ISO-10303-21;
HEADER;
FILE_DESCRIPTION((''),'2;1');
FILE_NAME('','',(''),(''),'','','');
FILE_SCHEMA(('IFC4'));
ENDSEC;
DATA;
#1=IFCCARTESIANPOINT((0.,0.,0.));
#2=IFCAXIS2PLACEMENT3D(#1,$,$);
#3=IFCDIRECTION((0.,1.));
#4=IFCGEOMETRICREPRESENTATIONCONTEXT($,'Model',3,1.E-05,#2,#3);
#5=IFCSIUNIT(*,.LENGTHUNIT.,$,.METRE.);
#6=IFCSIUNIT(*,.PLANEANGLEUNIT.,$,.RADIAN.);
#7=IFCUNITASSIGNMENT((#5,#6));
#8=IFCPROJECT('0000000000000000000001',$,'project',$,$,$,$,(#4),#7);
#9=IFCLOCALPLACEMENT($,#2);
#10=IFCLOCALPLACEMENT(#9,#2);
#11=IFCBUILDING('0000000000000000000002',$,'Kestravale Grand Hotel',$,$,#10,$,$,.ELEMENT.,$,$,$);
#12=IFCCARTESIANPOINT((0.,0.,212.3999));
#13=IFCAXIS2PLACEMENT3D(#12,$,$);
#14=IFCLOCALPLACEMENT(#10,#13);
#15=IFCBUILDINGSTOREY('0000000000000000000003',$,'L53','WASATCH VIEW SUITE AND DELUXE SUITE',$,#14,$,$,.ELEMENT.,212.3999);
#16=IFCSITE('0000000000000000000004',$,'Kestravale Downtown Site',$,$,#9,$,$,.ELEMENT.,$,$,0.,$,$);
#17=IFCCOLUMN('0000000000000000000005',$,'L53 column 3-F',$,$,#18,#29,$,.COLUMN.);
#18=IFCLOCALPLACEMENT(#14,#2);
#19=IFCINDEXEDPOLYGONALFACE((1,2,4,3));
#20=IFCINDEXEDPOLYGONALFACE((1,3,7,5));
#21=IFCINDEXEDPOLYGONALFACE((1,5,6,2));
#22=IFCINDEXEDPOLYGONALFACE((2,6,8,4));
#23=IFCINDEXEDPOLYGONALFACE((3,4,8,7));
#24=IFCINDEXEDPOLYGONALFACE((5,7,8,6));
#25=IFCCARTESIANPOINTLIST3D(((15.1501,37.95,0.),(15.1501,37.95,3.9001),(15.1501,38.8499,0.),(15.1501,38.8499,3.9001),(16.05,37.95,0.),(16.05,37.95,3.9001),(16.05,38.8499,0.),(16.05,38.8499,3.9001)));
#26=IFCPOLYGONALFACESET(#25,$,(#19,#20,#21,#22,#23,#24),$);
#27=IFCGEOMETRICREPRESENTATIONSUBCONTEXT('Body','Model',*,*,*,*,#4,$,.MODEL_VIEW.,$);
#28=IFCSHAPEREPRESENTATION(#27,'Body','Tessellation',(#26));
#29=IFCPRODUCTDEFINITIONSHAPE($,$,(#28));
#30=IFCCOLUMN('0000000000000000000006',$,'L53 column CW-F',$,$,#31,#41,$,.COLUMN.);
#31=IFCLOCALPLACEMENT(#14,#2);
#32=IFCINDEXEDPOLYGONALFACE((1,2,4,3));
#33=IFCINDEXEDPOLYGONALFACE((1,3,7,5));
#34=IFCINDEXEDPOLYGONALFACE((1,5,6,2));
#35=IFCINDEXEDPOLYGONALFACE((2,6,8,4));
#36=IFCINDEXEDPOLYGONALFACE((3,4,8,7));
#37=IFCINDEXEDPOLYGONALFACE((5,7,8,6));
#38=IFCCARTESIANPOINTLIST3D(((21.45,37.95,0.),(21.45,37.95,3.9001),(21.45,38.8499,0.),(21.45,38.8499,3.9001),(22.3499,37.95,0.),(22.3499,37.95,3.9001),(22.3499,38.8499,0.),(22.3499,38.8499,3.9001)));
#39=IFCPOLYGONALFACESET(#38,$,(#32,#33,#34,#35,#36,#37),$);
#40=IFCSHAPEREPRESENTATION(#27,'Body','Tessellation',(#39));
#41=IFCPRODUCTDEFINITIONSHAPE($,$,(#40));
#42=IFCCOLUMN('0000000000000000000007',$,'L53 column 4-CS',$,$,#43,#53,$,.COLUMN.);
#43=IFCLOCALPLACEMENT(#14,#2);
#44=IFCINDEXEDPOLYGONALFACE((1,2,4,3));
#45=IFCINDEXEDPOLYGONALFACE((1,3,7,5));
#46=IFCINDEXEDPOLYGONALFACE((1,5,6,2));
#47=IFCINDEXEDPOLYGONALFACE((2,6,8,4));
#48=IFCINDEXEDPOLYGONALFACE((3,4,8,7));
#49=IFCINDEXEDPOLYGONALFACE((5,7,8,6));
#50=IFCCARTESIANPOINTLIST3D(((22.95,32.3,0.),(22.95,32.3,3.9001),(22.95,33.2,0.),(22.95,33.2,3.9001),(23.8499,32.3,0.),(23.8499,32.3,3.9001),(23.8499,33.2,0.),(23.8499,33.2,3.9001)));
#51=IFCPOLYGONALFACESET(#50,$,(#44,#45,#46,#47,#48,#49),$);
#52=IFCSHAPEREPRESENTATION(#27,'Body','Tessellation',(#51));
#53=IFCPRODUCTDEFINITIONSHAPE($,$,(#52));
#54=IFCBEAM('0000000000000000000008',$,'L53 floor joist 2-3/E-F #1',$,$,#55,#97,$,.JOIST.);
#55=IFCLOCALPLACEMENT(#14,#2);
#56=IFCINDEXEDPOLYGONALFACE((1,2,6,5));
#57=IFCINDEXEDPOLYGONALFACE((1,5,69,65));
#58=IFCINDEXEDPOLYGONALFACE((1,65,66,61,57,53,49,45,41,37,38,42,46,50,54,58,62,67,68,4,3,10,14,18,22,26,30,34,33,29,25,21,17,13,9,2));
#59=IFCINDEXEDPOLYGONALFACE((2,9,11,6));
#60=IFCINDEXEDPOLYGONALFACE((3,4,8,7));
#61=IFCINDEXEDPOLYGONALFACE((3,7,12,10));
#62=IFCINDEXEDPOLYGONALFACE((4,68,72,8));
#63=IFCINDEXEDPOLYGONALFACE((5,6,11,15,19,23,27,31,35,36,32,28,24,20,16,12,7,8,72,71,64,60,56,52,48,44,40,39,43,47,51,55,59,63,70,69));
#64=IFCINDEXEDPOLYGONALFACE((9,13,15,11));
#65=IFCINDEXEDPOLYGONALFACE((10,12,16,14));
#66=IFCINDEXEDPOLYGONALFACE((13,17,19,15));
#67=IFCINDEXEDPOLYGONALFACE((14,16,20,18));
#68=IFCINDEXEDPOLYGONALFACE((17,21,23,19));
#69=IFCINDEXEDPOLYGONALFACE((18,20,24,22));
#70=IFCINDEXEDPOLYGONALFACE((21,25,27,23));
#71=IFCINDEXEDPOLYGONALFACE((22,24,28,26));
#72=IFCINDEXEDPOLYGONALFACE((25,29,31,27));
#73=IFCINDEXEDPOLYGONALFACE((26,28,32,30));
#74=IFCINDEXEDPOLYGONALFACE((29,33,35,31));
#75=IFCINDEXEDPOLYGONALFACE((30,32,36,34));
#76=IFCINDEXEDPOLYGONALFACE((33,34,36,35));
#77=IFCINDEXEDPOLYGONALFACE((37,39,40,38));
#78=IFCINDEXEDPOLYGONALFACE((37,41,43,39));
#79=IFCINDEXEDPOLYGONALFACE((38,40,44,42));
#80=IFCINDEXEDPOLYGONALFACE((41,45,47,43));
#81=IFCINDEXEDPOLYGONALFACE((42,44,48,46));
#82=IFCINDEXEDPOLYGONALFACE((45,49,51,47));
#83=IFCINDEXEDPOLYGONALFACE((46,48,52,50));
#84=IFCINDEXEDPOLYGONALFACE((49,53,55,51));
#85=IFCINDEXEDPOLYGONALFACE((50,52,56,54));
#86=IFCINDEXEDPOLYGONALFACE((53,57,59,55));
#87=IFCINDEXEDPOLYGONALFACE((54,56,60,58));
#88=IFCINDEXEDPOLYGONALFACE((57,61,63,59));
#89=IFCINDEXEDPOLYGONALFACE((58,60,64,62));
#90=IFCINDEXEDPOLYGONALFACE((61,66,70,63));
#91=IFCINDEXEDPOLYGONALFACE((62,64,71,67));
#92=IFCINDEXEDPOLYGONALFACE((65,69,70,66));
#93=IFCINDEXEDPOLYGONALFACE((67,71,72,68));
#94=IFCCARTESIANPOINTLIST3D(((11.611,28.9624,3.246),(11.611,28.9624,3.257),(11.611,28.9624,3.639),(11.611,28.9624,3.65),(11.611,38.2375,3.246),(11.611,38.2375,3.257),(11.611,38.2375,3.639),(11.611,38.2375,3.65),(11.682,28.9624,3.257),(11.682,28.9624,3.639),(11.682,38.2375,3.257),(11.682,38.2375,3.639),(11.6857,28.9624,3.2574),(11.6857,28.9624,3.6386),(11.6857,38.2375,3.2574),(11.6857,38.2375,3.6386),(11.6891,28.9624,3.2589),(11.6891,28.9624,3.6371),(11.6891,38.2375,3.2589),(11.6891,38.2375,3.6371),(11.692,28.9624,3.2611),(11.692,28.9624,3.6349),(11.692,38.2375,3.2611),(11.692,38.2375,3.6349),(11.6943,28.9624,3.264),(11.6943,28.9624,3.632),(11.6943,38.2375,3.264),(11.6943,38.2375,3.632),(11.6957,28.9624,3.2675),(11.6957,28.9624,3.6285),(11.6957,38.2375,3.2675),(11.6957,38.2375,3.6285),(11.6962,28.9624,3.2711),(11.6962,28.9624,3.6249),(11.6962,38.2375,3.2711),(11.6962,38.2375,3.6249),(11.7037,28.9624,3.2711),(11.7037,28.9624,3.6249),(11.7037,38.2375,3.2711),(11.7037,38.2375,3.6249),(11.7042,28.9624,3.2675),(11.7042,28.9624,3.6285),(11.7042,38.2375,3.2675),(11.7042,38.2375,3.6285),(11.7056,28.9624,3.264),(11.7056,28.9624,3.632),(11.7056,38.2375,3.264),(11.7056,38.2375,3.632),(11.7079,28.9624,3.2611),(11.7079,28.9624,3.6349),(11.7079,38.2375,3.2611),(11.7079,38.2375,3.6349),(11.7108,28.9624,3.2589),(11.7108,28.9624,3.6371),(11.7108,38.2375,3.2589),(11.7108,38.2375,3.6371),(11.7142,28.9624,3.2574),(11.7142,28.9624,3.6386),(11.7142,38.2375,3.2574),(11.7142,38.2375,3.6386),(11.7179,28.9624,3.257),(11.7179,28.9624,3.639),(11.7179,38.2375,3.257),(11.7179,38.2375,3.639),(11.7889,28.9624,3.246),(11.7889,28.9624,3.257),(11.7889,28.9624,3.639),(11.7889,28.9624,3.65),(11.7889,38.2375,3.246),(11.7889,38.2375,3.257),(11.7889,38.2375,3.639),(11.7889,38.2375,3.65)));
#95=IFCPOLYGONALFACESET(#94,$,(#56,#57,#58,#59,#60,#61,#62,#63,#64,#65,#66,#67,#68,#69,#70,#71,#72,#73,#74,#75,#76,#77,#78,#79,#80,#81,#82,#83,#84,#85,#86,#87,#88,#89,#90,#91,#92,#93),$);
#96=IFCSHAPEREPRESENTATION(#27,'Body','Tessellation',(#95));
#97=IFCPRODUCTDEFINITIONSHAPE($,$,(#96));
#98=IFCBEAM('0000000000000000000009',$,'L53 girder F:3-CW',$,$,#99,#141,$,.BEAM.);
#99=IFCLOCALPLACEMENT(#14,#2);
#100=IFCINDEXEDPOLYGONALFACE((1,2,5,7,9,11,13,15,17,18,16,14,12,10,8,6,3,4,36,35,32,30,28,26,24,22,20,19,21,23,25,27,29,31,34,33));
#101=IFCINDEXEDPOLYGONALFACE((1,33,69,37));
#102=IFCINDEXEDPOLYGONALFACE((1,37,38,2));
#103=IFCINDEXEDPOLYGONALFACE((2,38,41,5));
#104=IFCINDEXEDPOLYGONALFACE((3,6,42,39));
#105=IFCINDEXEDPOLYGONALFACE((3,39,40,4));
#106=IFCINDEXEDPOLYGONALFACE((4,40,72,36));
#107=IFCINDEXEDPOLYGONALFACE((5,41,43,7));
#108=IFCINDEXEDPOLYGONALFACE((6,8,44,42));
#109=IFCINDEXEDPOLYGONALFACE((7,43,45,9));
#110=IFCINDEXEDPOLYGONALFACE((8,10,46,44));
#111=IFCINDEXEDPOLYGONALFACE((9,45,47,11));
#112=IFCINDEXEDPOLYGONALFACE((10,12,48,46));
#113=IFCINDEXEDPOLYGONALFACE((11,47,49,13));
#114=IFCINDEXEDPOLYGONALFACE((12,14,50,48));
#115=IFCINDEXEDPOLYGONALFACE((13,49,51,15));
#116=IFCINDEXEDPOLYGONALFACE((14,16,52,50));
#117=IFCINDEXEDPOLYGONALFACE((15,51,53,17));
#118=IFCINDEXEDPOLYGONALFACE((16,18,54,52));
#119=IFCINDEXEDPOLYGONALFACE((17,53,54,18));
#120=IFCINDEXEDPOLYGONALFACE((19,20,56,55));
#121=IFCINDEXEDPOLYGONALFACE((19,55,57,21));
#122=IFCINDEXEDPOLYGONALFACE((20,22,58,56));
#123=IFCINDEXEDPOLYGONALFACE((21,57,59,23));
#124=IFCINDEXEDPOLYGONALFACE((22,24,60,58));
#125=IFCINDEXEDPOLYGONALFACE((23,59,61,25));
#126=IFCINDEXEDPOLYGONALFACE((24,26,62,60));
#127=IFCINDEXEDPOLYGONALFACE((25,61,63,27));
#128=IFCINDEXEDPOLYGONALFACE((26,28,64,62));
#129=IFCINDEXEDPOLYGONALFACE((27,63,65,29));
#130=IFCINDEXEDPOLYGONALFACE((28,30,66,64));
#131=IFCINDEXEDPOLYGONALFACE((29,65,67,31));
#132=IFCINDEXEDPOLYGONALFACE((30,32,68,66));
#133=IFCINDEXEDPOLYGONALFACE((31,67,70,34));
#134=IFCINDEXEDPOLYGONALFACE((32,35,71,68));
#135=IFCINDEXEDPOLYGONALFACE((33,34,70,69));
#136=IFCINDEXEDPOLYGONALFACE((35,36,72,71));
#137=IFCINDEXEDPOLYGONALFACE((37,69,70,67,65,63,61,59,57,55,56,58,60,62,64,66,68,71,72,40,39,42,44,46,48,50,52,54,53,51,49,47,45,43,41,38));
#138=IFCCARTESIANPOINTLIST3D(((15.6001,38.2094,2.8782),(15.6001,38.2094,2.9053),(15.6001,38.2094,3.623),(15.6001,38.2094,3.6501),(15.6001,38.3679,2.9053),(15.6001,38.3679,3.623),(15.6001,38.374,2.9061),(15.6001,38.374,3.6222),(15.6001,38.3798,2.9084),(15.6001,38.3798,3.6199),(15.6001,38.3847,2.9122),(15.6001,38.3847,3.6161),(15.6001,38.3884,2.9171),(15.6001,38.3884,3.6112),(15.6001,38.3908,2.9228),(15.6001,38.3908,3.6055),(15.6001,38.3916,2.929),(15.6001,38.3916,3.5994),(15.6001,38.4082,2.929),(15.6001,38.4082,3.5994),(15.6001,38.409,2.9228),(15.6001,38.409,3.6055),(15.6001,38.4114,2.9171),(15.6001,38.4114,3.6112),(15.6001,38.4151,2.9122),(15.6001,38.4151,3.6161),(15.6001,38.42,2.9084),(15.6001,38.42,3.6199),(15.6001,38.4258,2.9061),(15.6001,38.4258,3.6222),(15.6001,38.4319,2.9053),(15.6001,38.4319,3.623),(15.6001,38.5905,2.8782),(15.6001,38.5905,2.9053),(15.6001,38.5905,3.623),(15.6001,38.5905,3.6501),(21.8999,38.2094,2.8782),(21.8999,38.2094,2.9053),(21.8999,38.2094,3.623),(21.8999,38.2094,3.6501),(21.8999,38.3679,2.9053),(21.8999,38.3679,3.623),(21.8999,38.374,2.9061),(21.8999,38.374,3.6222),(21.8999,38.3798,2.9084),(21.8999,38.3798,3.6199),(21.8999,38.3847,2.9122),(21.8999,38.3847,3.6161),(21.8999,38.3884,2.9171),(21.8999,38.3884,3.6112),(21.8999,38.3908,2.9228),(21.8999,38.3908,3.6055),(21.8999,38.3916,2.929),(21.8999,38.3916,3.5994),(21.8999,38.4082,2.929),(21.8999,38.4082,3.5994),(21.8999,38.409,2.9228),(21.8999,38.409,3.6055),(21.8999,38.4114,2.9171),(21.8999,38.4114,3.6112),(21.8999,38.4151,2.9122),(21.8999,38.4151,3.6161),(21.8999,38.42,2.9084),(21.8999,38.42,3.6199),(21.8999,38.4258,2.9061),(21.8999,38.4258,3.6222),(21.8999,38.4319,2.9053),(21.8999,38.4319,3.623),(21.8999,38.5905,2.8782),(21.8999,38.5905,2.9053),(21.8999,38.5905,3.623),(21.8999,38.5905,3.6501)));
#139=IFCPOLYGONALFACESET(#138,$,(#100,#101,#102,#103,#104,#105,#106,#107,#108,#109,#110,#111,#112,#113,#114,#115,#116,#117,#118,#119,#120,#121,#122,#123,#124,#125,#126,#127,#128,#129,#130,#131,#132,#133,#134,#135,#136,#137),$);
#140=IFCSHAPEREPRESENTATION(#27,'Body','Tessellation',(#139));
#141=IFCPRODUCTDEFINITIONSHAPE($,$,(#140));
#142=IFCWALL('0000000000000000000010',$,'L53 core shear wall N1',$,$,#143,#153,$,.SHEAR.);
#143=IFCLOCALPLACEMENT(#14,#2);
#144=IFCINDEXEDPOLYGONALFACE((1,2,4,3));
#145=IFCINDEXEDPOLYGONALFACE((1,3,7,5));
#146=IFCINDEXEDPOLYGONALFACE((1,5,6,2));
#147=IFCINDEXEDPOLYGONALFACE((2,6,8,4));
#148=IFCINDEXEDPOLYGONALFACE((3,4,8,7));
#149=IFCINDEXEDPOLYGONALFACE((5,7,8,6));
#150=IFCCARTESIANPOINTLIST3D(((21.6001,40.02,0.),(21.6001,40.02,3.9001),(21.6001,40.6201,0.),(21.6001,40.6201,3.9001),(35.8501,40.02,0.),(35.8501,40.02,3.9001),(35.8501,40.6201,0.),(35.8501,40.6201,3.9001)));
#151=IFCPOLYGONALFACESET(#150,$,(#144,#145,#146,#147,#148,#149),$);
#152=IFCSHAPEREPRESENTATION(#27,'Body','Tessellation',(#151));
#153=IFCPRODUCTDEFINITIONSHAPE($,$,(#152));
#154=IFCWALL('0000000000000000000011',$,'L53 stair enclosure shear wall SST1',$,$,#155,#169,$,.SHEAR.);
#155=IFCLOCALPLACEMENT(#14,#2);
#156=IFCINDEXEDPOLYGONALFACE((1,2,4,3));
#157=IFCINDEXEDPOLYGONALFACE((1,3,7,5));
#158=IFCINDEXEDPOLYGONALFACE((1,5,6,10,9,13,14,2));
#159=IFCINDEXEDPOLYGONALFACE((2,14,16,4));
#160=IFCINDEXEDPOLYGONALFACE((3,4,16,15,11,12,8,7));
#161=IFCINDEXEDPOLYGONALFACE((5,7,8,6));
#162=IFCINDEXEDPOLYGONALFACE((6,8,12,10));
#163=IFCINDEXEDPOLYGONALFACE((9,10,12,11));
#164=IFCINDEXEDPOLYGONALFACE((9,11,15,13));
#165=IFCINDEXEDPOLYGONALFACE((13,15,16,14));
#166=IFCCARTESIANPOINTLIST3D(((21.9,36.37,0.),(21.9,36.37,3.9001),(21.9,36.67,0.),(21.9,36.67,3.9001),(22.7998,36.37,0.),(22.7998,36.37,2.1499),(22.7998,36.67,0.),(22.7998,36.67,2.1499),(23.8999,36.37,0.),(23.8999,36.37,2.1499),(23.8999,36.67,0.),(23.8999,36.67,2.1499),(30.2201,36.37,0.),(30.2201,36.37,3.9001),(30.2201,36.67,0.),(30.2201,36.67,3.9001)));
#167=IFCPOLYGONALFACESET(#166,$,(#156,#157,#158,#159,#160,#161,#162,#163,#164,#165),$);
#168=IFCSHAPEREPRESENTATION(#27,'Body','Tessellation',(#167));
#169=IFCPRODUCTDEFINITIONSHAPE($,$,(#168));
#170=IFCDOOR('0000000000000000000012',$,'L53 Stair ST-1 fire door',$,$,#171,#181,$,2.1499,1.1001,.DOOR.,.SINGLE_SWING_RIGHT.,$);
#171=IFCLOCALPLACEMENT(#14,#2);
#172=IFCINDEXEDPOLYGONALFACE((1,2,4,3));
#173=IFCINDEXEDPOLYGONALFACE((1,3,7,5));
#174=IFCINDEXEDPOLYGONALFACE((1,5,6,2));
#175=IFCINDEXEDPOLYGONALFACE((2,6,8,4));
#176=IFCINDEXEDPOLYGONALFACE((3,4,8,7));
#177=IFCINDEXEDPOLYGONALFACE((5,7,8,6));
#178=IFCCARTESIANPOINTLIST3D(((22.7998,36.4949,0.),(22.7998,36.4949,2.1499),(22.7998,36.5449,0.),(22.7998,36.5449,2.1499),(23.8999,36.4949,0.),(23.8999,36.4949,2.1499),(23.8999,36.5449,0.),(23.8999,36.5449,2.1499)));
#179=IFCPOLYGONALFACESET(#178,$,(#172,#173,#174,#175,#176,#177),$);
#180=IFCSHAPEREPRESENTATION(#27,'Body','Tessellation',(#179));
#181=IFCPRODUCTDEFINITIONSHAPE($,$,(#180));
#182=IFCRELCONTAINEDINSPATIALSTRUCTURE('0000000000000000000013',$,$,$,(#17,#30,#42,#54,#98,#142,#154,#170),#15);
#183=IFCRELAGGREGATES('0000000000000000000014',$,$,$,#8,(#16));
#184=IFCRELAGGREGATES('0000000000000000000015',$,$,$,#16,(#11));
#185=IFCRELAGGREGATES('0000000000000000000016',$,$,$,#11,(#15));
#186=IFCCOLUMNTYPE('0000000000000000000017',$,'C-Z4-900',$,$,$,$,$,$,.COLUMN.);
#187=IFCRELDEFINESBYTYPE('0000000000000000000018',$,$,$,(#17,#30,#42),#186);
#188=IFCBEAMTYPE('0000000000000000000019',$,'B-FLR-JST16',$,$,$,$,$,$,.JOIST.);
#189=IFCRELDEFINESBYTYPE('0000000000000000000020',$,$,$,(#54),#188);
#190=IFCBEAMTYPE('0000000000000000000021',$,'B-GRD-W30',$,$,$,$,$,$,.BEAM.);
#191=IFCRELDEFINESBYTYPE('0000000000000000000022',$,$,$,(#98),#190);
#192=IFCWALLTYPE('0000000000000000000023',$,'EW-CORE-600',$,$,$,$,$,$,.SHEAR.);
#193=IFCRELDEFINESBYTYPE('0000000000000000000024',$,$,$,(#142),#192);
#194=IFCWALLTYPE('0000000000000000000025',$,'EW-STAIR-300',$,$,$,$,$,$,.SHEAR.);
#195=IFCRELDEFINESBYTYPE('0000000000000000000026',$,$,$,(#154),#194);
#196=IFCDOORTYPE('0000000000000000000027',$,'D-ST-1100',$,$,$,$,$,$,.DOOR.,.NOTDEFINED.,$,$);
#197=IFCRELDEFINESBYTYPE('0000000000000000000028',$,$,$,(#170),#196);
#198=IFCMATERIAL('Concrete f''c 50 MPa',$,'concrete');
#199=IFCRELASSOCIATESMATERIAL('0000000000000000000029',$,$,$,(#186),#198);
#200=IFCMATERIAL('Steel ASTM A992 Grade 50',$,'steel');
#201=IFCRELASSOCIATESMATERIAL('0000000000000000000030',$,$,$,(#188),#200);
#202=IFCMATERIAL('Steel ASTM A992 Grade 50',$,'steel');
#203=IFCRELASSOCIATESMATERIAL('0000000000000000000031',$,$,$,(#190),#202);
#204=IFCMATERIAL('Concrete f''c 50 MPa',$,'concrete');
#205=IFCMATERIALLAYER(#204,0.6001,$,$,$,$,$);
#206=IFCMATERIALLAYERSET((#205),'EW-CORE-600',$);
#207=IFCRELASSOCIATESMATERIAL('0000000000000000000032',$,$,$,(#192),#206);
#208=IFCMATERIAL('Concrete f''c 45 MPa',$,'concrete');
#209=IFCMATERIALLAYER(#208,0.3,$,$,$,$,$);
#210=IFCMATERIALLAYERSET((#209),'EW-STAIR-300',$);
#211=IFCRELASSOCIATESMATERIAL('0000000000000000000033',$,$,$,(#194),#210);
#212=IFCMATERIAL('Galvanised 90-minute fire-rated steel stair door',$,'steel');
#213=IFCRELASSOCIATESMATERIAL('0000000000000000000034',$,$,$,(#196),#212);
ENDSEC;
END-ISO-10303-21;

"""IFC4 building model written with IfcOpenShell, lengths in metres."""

from ifc_helpers import new_model, si_unit, direction, frame, frame_2d, origin, origin_2d, place, context, subcontext, project, spatial, rectangle, i_section, extrude, material, layer, layer_set, material_profile, profile_set, type_object, element, fill, save


model = new_model("IFC4")

# Units and contexts
model_context = context("Model", 3, precision=1e-05, world=origin(), true_north=direction((0.0, 1.0)))
body_context = subcontext(model_context, "Body", "Model", "MODEL_VIEW")
ifc_project = project(units=[si_unit("LENGTHUNIT", "METRE"), si_unit("PLANEANGLEUNIT", "RADIAN")], contexts=[model_context])

# Site, building, storey
site_placement = place(None, origin())
site = spatial("IfcSite", under=ifc_project, at=site_placement, Name="Kestravale Downtown Site", CompositionType="ELEMENT", RefElevation=0.0)
building_placement = place(site_placement, origin())
building = spatial("IfcBuilding", under=site, at=building_placement, Name="Kestravale Grand Hotel", CompositionType="ELEMENT")
storey_placement = place(building_placement, frame((0.0, 0.0, 212.3999)))
storey = spatial("IfcBuildingStorey", under=building, at=storey_placement, Name="L53", Description="WASATCH VIEW SUITE AND DELUXE SUITE", CompositionType="ELEMENT", Elevation=212.3999)

# Columns
ifc_material_1 = material(Name="Concrete f'c 50 MPa", Category="concrete")
ifc_material_profile_1 = material_profile(ifc_material_1, rectangle(XDim=0.8999, YDim=0.8999, at=origin_2d()))
ifc_profile_set_1 = profile_set([ifc_material_profile_1], Name="Concrete f'c 50 MPa")
column_type = type_object("IfcColumnType", Name="C-Z4-900", PredefinedType="COLUMN", material=ifc_profile_set_1)
for number, where, z_axis, x_axis, name in (
    (1, (15.6001, 38.3999, 0.0), (0.0, 0.0, 1.0), (1.0, 0.0, 0.0), "L53 column 3-F"),
    (2, (21.8999, 38.3999, 0.0), (0.0, 0.0, 1.0), (1.0, 0.0, 0.0), "L53 column CW-F"),
    (3, (23.3999, 32.75, 0.0), (0.0, 0.0, 1.0), (1.0, 0.0, 0.0), "L53 column 4-CS"),
):
    element("IfcColumn", number, at=place(storey_placement, frame(where, z_axis=z_axis, x_axis=x_axis)), inside=storey, type_object=column_type, Name=name, PredefinedType="COLUMN", context=body_context, shape_type="SweptSolid", body=[
        extrude(rectangle(XDim=0.8999, YDim=0.8999, at=origin_2d()), origin(), (0.0, 0.0, 1.0), 3.9001),
    ])

# Beams
ifc_material_2 = material(Name="Steel ASTM A992 Grade 50", Category="steel")
ifc_material_profile_2 = material_profile(ifc_material_2, i_section(OverallWidth=0.178, OverallDepth=0.4041, WebThickness=0.0076, FlangeThickness=0.011, FilletRadius=0.0142, at=origin_2d()))
ifc_profile_set_2 = profile_set([ifc_material_profile_2], Name="Steel ASTM A992 Grade 50")
beam_type_1 = type_object("IfcBeamType", Name="B-FLR-JST16", PredefinedType="JOIST", material=ifc_profile_set_2)
beam_1_placement = place(storey_placement, frame((11.7, 28.9624, 3.448), z_axis=(0.0, 1.0, 0.0), x_axis=(-1.0, 0.0, 0.0)))
element("IfcBeam", 4, at=beam_1_placement, inside=storey, type_object=beam_type_1, Name="L53 floor joist 2-3/E-F #1", PredefinedType="JOIST", context=body_context, shape_type="SweptSolid", body=[
    extrude(i_section(OverallWidth=0.178, OverallDepth=0.4041, WebThickness=0.0076, FlangeThickness=0.011, FilletRadius=0.0142, at=origin_2d()), origin(), (0.0, 0.0, 1.0), 9.2751),
])
ifc_material_3 = material(Name="Steel ASTM A992 Grade 50", Category="steel")
ifc_material_profile_3 = material_profile(ifc_material_3, i_section(OverallWidth=0.3811, OverallDepth=0.772, WebThickness=0.0166, FlangeThickness=0.0271, FilletRadius=0.0237, at=origin_2d()))
ifc_profile_set_3 = profile_set([ifc_material_profile_3], Name="Steel ASTM A992 Grade 50")
beam_type_2 = type_object("IfcBeamType", Name="B-GRD-W30", PredefinedType="BEAM", material=ifc_profile_set_3)
beam_2_placement = place(storey_placement, frame((15.6001, 38.3999, 3.2642), z_axis=(1.0, 0.0, 0.0), x_axis=(0.0, 1.0, 0.0)))
element("IfcBeam", 5, at=beam_2_placement, inside=storey, type_object=beam_type_2, Name="L53 girder F:3-CW", PredefinedType="BEAM", context=body_context, shape_type="SweptSolid", body=[
    extrude(i_section(OverallWidth=0.3811, OverallDepth=0.772, WebThickness=0.0166, FlangeThickness=0.0271, FilletRadius=0.0237, at=origin_2d()), origin(), (0.0, 0.0, 1.0), 6.2998),
])

# Wall
ifc_material_4 = material(Name="Concrete f'c 50 MPa", Category="concrete")
ifc_layer_1 = layer(ifc_material_4, 0.6001)
ifc_layer_set_1 = layer_set([ifc_layer_1], Name="EW-CORE-600")
wall_type_1 = type_object("IfcWallType", Name="EW-CORE-600", PredefinedType="SHEAR", material=ifc_layer_set_1)
wall_1_placement = place(storey_placement, frame((21.6001, 40.3201, 0.0), z_axis=(0.0, 0.0, 1.0), x_axis=(1.0, 0.0, 0.0)))
element("IfcWall", 6, at=wall_1_placement, inside=storey, type_object=wall_type_1, Name="L53 core shear wall N1", PredefinedType="SHEAR", context=body_context, shape_type="SweptSolid", body=[
    extrude(rectangle(XDim=14.25, YDim=0.6001, at=frame_2d((7.125, 0.0))), origin(), (0.0, 0.0, 1.0), 3.9001),
])

# Wall, opening, door
ifc_material_5 = material(Name="Concrete f'c 45 MPa", Category="concrete")
ifc_layer_2 = layer(ifc_material_5, 0.3)
ifc_layer_set_2 = layer_set([ifc_layer_2], Name="EW-STAIR-300")
wall_type_2 = type_object("IfcWallType", Name="EW-STAIR-300", PredefinedType="SHEAR", material=ifc_layer_set_2)
wall_2_placement = place(storey_placement, frame((21.8999, 36.52, 0.0), z_axis=(0.0, 0.0, 1.0), x_axis=(1.0, 0.0, 0.0)))
wall_2 = element("IfcWall", 7, at=wall_2_placement, inside=storey, type_object=wall_type_2, Name="L53 stair enclosure shear wall SST1", PredefinedType="SHEAR", context=body_context, shape_type="SweptSolid", body=[
    extrude(rectangle(XDim=8.3201, YDim=0.3, at=frame_2d((4.1602, 0.0))), origin(), (0.0, 0.0, 1.0), 3.9001),
])
opening_1_placement = place(wall_2_placement, frame((0.8999, 0.0, 0.0)))
opening_1 = element("IfcOpeningElement", 8, at=opening_1_placement, cuts=wall_2, PredefinedType="OPENING", context=body_context, shape_type="SweptSolid", body=[
    extrude(rectangle(XDim=1.1001, YDim=2.1499, at=frame_2d((0.55, 1.075))), frame((0.0, 0.1599, 0.0), z_axis=(0.0, -1.0, 0.0), x_axis=(1.0, 0.0, 0.0)), (0.0, 0.0, 1.0), 0.3201),
])
ifc_material_6 = material(Name="Galvanised 90-minute fire-rated steel stair door", Category="steel")
door_type_1 = type_object("IfcDoorType", Name="D-ST-1100", OperationType="NOTDEFINED", PredefinedType="DOOR", material=ifc_material_6)
door_1_placement = place(opening_1_placement, origin())
door_1 = element("IfcDoor", 9, at=door_1_placement, inside=storey, type_object=door_type_1, Name="L53 Stair ST-1 fire door", OperationType="SINGLE_SWING_RIGHT", OverallHeight=2.1499, OverallWidth=1.1001, PredefinedType="DOOR", context=body_context, shape_type="SweptSolid", body=[
    extrude(rectangle(XDim=1.1001, YDim=2.1499, at=frame_2d((0.55, 1.075))), frame((0.0, 0.0249, 0.0), z_axis=(0.0, -1.0, 0.0), x_axis=(1.0, 0.0, 0.0)), (0.0, 0.0, 1.0), 0.05),
])
fill(opening_1, door_1)

save(model, "model.ifc")
